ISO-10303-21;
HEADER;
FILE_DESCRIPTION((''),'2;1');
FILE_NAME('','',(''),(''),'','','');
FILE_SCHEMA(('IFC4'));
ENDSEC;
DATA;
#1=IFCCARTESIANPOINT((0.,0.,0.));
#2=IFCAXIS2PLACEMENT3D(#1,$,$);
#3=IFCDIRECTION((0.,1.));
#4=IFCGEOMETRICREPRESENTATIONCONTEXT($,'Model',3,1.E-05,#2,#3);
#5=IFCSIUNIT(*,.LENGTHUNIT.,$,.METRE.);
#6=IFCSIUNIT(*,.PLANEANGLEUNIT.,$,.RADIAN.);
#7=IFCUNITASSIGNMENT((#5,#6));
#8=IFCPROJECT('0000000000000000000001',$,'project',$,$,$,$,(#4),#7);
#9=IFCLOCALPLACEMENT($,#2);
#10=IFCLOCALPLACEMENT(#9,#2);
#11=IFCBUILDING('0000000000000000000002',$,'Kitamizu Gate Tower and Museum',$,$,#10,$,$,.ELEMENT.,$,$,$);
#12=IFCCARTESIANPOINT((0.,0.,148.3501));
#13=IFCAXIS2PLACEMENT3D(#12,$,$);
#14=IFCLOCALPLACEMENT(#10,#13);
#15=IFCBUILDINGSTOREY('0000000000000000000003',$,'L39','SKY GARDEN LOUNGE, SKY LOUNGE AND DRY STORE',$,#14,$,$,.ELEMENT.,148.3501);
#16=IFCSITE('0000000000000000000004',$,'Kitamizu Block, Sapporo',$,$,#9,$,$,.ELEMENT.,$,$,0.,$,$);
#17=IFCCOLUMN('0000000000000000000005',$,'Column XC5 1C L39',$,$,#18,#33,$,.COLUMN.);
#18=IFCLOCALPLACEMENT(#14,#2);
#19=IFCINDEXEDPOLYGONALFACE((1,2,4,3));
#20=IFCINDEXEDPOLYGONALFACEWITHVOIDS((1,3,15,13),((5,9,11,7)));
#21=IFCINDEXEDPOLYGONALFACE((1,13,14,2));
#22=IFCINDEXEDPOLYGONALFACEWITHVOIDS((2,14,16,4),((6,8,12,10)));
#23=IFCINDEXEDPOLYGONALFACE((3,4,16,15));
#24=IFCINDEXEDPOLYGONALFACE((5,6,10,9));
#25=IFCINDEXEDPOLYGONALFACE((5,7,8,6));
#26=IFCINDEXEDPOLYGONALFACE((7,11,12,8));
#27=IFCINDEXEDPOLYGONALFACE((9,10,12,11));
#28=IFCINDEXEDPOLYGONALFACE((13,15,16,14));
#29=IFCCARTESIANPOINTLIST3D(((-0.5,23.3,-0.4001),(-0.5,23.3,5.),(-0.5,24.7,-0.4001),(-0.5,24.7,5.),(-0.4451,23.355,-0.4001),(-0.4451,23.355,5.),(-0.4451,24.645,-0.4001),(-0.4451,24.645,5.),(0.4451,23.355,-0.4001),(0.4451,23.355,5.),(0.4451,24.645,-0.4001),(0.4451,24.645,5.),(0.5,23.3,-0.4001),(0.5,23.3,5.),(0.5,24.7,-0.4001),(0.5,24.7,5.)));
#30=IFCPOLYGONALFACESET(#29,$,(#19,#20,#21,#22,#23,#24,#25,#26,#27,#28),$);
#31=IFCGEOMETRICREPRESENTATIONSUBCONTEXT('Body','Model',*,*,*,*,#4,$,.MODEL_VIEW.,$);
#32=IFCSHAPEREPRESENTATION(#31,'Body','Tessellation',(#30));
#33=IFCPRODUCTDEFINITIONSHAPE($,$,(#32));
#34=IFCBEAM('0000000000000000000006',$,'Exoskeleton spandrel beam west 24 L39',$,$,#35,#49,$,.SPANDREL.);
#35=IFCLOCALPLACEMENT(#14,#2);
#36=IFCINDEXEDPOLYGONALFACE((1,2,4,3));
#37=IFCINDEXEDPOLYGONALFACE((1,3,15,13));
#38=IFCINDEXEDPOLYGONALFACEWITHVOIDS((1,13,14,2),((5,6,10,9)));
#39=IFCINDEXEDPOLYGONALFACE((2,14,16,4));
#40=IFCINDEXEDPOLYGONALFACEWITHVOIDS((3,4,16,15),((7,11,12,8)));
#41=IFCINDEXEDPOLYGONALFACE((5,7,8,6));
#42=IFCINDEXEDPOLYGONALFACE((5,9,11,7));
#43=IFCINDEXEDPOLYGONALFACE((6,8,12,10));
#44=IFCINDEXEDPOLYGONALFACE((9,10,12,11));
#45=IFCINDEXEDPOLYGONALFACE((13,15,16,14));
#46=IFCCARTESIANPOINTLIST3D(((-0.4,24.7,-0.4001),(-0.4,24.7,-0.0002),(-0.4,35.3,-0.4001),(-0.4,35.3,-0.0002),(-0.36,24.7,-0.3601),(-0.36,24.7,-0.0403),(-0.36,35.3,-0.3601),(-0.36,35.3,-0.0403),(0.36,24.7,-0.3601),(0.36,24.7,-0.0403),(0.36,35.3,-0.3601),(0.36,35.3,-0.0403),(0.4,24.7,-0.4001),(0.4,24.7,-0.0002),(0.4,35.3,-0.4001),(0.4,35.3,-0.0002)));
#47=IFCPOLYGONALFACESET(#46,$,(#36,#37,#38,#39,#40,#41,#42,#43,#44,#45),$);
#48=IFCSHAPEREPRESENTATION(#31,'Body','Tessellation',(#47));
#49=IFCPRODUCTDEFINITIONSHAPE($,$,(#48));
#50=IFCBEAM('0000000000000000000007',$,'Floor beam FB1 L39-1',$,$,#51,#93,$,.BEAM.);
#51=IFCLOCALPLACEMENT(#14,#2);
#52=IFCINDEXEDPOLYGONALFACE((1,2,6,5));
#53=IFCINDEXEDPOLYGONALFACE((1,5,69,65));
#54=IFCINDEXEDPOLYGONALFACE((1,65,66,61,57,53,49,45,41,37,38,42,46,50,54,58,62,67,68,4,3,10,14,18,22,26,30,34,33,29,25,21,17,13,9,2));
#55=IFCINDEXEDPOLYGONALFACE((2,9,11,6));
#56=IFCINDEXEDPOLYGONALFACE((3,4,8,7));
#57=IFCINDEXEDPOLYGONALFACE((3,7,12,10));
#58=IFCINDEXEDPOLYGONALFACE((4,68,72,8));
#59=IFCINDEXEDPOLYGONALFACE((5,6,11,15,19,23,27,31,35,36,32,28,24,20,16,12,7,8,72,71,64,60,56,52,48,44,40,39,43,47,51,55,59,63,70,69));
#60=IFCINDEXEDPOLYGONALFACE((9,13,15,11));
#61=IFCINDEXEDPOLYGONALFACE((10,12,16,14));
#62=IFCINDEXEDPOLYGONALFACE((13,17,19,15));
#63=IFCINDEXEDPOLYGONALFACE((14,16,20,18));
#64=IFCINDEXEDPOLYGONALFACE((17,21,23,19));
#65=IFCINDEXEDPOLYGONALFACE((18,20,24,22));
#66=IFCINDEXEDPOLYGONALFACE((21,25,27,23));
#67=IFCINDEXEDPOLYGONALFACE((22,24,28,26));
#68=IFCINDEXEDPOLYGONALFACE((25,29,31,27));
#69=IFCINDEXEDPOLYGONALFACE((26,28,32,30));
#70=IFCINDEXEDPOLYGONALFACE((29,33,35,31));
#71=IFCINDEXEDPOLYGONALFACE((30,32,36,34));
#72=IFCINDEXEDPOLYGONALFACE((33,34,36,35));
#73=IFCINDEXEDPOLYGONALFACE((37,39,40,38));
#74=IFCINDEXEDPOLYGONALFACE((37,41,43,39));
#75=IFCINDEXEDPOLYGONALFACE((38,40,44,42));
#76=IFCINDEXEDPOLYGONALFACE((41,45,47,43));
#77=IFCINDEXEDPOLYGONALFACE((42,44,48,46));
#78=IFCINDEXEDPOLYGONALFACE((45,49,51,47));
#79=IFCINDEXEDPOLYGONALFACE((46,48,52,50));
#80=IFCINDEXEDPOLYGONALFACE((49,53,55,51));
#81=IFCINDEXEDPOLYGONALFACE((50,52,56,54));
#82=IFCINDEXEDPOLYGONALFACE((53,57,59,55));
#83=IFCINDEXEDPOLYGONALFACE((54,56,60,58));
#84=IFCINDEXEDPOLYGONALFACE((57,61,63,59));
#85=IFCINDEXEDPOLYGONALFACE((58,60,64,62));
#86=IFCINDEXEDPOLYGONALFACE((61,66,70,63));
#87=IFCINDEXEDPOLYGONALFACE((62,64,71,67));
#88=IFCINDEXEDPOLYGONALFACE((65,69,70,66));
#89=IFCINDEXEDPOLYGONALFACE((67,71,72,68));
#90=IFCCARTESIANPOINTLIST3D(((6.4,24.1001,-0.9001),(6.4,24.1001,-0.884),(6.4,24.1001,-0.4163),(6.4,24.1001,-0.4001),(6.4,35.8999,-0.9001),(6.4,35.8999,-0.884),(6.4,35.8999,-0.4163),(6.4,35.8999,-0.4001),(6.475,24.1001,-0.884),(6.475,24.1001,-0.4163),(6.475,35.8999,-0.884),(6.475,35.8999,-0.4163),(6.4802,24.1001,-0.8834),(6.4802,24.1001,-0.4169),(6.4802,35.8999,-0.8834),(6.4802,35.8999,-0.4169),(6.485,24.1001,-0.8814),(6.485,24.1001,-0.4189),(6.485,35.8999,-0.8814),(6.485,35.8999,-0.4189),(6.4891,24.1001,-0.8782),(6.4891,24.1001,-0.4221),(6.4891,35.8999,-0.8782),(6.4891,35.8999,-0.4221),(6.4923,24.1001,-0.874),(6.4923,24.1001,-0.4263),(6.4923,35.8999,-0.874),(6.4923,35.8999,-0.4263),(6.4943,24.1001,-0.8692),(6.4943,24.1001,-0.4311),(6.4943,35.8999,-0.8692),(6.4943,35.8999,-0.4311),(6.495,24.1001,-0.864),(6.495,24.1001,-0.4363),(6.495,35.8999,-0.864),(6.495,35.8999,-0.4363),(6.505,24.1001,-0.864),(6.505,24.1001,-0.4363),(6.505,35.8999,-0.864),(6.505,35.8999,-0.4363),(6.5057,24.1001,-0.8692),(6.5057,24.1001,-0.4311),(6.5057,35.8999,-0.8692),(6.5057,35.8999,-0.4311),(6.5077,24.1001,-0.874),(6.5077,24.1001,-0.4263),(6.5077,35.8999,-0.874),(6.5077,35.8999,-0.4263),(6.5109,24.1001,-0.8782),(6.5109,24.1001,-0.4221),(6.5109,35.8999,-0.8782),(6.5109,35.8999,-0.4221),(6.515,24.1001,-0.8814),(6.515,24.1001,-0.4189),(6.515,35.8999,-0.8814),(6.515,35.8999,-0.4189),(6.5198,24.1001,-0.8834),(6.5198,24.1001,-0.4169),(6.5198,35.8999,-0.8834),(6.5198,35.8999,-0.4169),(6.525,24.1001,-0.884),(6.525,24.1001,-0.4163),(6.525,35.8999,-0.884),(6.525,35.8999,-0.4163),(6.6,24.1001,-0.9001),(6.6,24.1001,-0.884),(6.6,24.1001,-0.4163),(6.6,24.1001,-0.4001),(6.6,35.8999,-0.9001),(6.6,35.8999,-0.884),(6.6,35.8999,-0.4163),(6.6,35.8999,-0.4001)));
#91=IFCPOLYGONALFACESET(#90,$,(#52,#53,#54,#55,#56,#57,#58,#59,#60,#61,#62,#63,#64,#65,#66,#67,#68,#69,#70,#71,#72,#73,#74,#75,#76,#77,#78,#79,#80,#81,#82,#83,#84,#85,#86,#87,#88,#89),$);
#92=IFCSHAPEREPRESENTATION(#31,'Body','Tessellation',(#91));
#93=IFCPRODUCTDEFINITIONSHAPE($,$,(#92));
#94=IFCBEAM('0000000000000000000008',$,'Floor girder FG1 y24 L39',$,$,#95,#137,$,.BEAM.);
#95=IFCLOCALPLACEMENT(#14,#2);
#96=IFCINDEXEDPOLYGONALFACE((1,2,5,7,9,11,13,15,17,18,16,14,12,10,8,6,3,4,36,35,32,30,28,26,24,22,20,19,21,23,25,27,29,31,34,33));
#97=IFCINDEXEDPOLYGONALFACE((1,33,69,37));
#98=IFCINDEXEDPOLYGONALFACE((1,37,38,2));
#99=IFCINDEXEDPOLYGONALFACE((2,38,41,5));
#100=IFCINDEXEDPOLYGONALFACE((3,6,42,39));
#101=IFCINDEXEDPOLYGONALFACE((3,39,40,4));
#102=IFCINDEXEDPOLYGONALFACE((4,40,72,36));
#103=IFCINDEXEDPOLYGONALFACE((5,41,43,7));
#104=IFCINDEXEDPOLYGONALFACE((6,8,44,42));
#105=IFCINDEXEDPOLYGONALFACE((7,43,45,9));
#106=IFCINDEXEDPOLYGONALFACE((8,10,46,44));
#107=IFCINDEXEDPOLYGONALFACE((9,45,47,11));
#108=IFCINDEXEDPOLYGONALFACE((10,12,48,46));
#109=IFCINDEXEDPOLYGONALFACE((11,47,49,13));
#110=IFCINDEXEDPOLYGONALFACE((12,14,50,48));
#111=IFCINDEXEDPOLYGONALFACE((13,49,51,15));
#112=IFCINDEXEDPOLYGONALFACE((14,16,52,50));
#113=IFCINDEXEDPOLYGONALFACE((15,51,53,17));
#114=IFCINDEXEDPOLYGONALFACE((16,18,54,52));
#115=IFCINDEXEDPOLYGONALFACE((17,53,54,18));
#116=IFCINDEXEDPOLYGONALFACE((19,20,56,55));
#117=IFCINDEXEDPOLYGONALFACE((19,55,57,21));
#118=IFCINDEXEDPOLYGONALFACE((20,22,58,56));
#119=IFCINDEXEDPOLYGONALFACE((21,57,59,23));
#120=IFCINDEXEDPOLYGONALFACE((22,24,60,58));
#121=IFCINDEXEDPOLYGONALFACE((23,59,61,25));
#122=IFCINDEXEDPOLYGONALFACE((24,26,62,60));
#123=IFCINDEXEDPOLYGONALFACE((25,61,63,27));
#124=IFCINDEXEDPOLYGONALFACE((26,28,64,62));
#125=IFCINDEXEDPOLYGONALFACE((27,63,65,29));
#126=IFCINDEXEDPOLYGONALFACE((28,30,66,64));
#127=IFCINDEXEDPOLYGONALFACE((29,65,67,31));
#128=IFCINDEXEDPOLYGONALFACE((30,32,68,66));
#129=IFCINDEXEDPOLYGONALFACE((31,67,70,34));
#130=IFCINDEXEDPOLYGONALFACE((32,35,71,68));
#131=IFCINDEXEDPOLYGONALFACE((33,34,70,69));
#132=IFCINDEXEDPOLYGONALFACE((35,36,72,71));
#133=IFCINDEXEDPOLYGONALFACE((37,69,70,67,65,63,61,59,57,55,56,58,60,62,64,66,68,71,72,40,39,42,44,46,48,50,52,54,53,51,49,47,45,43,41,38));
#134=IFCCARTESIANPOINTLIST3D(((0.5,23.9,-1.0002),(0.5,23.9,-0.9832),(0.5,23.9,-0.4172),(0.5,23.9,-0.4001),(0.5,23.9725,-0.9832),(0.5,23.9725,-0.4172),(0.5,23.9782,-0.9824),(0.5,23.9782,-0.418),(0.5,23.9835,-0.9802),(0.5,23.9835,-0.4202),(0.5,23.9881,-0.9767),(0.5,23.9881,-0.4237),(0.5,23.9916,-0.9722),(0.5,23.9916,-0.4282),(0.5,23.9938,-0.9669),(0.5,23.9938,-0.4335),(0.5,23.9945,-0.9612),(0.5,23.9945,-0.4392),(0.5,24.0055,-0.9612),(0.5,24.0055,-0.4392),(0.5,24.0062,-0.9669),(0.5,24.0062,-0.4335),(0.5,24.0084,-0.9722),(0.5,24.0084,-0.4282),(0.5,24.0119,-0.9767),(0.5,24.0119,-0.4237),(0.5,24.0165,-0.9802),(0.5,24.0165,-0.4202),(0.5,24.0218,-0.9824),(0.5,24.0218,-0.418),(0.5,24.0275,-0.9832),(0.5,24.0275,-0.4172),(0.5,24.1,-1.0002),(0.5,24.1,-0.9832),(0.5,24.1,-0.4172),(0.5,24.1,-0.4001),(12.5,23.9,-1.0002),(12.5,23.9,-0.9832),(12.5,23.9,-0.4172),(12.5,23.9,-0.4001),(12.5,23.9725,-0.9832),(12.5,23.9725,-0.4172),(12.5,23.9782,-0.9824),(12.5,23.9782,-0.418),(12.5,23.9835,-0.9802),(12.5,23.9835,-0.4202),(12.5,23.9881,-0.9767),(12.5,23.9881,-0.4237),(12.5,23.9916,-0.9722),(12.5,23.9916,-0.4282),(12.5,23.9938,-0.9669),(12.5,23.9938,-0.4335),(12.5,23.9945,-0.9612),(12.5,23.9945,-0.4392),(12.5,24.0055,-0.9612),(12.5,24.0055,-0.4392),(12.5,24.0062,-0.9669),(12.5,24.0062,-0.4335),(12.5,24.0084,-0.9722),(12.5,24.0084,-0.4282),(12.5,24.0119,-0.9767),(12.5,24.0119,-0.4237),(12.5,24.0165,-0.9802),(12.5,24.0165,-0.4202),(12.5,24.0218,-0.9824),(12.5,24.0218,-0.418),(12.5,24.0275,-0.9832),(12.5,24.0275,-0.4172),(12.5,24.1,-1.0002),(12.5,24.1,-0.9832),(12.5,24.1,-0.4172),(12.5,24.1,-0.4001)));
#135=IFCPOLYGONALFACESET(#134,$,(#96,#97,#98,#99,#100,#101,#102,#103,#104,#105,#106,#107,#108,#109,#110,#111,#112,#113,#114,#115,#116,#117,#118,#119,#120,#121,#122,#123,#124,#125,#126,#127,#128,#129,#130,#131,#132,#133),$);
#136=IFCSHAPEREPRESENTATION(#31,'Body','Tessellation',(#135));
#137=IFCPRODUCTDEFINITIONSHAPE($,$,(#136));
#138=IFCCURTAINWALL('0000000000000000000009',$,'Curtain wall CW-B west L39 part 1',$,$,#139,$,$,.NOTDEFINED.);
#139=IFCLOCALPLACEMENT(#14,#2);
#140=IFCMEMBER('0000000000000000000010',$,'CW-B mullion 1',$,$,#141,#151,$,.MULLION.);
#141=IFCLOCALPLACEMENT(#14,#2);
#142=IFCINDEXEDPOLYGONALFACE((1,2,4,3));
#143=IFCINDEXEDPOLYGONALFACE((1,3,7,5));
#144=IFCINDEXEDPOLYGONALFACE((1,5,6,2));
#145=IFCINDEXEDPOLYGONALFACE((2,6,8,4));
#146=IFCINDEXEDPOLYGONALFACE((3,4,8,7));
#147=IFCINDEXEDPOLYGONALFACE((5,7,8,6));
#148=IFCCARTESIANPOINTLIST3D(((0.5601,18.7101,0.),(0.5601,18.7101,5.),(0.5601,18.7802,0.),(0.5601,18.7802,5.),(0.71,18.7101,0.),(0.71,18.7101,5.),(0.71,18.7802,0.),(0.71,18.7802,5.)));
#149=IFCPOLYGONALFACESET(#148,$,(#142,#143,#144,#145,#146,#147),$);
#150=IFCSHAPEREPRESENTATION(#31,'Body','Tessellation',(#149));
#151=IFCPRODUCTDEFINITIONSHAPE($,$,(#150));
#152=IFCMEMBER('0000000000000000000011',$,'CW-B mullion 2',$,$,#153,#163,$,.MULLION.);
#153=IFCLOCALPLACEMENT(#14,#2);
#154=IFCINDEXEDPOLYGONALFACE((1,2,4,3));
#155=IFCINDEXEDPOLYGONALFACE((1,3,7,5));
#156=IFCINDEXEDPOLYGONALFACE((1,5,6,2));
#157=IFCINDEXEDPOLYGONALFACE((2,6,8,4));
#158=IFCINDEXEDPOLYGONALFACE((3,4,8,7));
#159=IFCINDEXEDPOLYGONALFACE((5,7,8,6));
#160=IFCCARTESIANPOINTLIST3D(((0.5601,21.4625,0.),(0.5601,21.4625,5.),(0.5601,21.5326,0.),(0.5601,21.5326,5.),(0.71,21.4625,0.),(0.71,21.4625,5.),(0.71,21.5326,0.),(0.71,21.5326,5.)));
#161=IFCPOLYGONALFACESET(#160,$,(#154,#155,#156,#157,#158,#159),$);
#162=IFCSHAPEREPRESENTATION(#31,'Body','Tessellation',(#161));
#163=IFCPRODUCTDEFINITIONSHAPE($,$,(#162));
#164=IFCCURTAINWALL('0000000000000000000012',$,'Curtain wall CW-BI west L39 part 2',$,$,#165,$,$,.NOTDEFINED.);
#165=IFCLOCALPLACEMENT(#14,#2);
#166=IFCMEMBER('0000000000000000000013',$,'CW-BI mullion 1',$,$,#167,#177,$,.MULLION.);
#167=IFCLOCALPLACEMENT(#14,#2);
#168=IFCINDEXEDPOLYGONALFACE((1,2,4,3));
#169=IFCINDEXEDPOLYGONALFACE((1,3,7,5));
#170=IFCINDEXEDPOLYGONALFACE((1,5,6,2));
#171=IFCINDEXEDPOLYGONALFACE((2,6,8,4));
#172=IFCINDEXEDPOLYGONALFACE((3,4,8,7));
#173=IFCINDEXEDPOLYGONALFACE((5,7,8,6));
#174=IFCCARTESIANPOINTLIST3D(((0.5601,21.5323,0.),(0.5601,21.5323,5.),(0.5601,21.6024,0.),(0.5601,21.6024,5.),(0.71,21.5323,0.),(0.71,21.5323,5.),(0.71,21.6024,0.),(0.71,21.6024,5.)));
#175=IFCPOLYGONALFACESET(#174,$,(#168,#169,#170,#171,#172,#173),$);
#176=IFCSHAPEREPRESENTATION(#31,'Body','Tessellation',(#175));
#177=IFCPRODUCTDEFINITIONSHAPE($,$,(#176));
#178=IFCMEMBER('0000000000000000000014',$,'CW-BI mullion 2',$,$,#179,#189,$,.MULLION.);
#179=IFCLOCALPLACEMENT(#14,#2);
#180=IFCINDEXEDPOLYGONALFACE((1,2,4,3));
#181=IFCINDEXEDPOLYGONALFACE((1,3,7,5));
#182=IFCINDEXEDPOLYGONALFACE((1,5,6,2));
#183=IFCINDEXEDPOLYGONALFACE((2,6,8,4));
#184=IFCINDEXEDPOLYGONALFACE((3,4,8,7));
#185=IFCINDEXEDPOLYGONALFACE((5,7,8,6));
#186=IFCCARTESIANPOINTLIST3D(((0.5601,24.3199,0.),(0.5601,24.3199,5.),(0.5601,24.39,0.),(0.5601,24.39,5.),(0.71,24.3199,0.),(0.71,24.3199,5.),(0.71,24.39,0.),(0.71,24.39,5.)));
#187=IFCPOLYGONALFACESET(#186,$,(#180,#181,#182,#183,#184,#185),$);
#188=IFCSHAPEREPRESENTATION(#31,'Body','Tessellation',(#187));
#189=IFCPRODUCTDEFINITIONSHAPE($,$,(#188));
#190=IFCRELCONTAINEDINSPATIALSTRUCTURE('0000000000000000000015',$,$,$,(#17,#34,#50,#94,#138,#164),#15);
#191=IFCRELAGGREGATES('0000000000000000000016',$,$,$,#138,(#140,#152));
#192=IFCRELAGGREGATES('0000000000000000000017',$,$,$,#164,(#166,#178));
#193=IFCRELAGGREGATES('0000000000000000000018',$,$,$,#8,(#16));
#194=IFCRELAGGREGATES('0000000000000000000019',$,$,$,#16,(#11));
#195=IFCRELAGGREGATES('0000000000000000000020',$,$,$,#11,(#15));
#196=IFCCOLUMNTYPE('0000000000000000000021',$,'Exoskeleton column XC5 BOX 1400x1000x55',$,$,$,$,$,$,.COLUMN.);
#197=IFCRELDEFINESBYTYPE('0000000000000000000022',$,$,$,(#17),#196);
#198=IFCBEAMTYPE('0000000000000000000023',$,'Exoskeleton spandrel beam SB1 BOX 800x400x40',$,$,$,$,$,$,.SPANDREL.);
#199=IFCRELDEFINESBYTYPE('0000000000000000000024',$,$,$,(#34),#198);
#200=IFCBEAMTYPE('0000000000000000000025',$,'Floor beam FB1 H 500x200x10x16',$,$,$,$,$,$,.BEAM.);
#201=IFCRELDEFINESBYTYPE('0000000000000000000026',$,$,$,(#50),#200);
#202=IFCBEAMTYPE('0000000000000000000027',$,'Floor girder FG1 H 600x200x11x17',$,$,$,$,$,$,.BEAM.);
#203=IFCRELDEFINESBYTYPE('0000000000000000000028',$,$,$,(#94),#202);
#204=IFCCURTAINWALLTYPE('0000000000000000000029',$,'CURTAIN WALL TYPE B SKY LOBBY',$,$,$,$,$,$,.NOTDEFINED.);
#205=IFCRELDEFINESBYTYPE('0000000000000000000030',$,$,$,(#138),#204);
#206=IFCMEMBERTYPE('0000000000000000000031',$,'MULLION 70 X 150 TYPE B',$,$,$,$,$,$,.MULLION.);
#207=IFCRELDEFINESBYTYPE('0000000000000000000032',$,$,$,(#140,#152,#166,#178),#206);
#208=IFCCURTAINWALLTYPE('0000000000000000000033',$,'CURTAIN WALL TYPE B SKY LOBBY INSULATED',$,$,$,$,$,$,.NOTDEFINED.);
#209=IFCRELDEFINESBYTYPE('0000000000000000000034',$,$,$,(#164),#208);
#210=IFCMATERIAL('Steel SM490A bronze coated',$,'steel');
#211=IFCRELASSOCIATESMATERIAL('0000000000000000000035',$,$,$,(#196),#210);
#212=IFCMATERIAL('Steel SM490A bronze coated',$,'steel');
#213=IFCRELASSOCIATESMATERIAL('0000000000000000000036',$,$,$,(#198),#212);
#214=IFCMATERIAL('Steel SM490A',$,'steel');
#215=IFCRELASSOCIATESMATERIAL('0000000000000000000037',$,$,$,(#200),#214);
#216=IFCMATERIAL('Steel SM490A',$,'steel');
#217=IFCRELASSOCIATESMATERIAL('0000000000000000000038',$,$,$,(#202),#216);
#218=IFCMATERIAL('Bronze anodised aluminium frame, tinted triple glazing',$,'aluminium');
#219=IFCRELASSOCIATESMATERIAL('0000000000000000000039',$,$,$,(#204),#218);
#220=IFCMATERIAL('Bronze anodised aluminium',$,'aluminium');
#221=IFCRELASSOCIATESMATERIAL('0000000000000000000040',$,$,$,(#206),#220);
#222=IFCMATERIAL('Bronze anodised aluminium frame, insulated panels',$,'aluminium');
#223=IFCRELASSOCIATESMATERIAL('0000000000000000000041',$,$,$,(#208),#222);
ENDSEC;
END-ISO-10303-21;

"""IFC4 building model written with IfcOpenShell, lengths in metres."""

from ifc_helpers import new_model, si_unit, direction, frame, origin, origin_2d, place, context, subcontext, project, spatial, rectangle, hollow_rectangle, i_section, extrude, material, material_profile, profile_set, type_object, element, aggregate, save


model = new_model("IFC4")

# Units and contexts
model_context = context("Model", 3, precision=1e-05, world=origin(), true_north=direction((0.0, 1.0)))
body_context = subcontext(model_context, "Body", "Model", "MODEL_VIEW")
ifc_project = project(units=[si_unit("LENGTHUNIT", "METRE"), si_unit("PLANEANGLEUNIT", "RADIAN")], contexts=[model_context])

# Site, building, storey
site_placement = place(None, origin())
site = spatial("IfcSite", under=ifc_project, at=site_placement, Name="Kitamizu Block, Sapporo", CompositionType="ELEMENT", RefElevation=0.0)
building_placement = place(site_placement, origin())
building = spatial("IfcBuilding", under=site, at=building_placement, Name="Kitamizu Gate Tower and Museum", CompositionType="ELEMENT")
storey_placement = place(building_placement, frame((0.0, 0.0, 148.3501)))
storey = spatial("IfcBuildingStorey", under=building, at=storey_placement, Name="L39", Description="SKY GARDEN LOUNGE, SKY LOUNGE AND DRY STORE", CompositionType="ELEMENT", Elevation=148.3501)

# Column
ifc_material_1 = material(Name="Steel SM490A bronze coated", Category="steel")
ifc_material_profile_1 = material_profile(ifc_material_1, hollow_rectangle(XDim=1.3999, YDim=1.0, WallThickness=0.0549, at=origin_2d()), Name="BOX 1400x1000x55")
ifc_profile_set_1 = profile_set([ifc_material_profile_1], Name="Steel SM490A bronze coated")
column_type = type_object("IfcColumnType", Name="Exoskeleton column XC5 BOX 1400x1000x55", PredefinedType="COLUMN", material=ifc_profile_set_1)
column_placement = place(storey_placement, frame((0.0, 24.0, -0.4001), z_axis=(0.0, 0.0, 1.0), x_axis=(0.0, 1.0, 0.0)))
element("IfcColumn", 1, at=column_placement, inside=storey, type_object=column_type, Name="Column XC5 1C L39", PredefinedType="COLUMN", context=body_context, shape_type="SweptSolid", body=[
    extrude(hollow_rectangle(XDim=1.3999, YDim=1.0, WallThickness=0.0549, at=origin_2d()), origin(), (0.0, 0.0, 1.0), 5.4001),
])

# Beams
ifc_material_2 = material(Name="Steel SM490A bronze coated", Category="steel")
ifc_material_profile_2 = material_profile(ifc_material_2, hollow_rectangle(XDim=0.8, YDim=0.3999, WallThickness=0.04, at=origin_2d()), Name="BOX 800x400x40")
ifc_profile_set_2 = profile_set([ifc_material_profile_2], Name="Steel SM490A bronze coated")
beam_type_1 = type_object("IfcBeamType", Name="Exoskeleton spandrel beam SB1 BOX 800x400x40", PredefinedType="SPANDREL", material=ifc_profile_set_2)
beam_1_placement = place(storey_placement, frame((0.0, 24.7, -0.2002), z_axis=(0.0, 1.0, 0.0), x_axis=(-1.0, 0.0, 0.0)))
element("IfcBeam", 2, at=beam_1_placement, inside=storey, type_object=beam_type_1, Name="Exoskeleton spandrel beam west 24 L39", PredefinedType="SPANDREL", context=body_context, shape_type="SweptSolid", body=[
    extrude(hollow_rectangle(XDim=0.8, YDim=0.3999, WallThickness=0.04, at=origin_2d()), origin(), (0.0, 0.0, 1.0), 10.6001),
])
ifc_material_3 = material(Name="Steel SM490A", Category="steel")
ifc_material_profile_3 = material_profile(ifc_material_3, i_section(OverallWidth=0.2, OverallDepth=0.5, WebThickness=0.01, FlangeThickness=0.0161, FilletRadius=0.02, at=origin_2d()), Name="H-500x200x10x16")
ifc_profile_set_3 = profile_set([ifc_material_profile_3], Name="Steel SM490A")
beam_type_2 = type_object("IfcBeamType", Name="Floor beam FB1 H 500x200x10x16", PredefinedType="BEAM", material=ifc_profile_set_3)
beam_2_placement = place(storey_placement, frame((6.5, 24.1001, -0.6501), z_axis=(0.0, 1.0, 0.0), x_axis=(-1.0, 0.0, 0.0)))
element("IfcBeam", 3, at=beam_2_placement, inside=storey, type_object=beam_type_2, Name="Floor beam FB1 L39-1", PredefinedType="BEAM", context=body_context, shape_type="SweptSolid", body=[
    extrude(i_section(OverallWidth=0.2, OverallDepth=0.5, WebThickness=0.01, FlangeThickness=0.0161, FilletRadius=0.02, at=origin_2d()), origin(), (0.0, 0.0, 1.0), 11.7998),
])
ifc_material_4 = material(Name="Steel SM490A", Category="steel")
ifc_material_profile_4 = material_profile(ifc_material_4, i_section(OverallWidth=0.2, OverallDepth=0.6001, WebThickness=0.011, FlangeThickness=0.0171, FilletRadius=0.022, at=origin_2d()), Name="H-600x200x11x17")
ifc_profile_set_4 = profile_set([ifc_material_profile_4], Name="Steel SM490A")
beam_type_3 = type_object("IfcBeamType", Name="Floor girder FG1 H 600x200x11x17", PredefinedType="BEAM", material=ifc_profile_set_4)
beam_3_placement = place(storey_placement, frame((0.5, 24.0, -0.7002), z_axis=(1.0, 0.0, 0.0), x_axis=(0.0, 1.0, 0.0)))
element("IfcBeam", 4, at=beam_3_placement, inside=storey, type_object=beam_type_3, Name="Floor girder FG1 y24 L39", PredefinedType="BEAM", context=body_context, shape_type="SweptSolid", body=[
    extrude(i_section(OverallWidth=0.2, OverallDepth=0.6001, WebThickness=0.011, FlangeThickness=0.0171, FilletRadius=0.022, at=origin_2d()), origin(), (0.0, 0.0, 1.0), 12.0),
])

# Curtain walls, members
ifc_material_5 = material(Name="Bronze anodised aluminium frame, tinted triple glazing", Category="aluminium")
curtain_wall_type_1 = type_object("IfcCurtainWallType", Name="CURTAIN WALL TYPE B SKY LOBBY", PredefinedType="NOTDEFINED", material=ifc_material_5)
curtain_wall_1_placement = place(storey_placement, origin())
curtain_wall_1 = element("IfcCurtainWall", 5, at=curtain_wall_1_placement, inside=storey, type_object=curtain_wall_type_1, Name="Curtain wall CW-B west L39 part 1", PredefinedType="NOTDEFINED")
ifc_material_6 = material(Name="Bronze anodised aluminium", Category="aluminium")
ifc_material_profile_5 = material_profile(ifc_material_6, rectangle(XDim=0.0701, YDim=0.1499, at=origin_2d()), Name="AL 70X150")
ifc_profile_set_5 = profile_set([ifc_material_profile_5], Name="Bronze anodised aluminium")
member_type_1 = type_object("IfcMemberType", Name="MULLION 70 X 150 TYPE B", PredefinedType="MULLION", material=ifc_profile_set_5)
member_1_placement = place(storey_placement, frame((0.635, 18.7451, 0.0), z_axis=(0.0, 0.0, 1.0), x_axis=(0.0, 1.0, 0.0)))
member_1 = element("IfcMember", 6, at=member_1_placement, type_object=member_type_1, Name="CW-B mullion 1", PredefinedType="MULLION", context=body_context, shape_type="SweptSolid", body=[
    extrude(rectangle(XDim=0.0701, YDim=0.1499, at=origin_2d()), origin(), (0.0, 0.0, 1.0), 5.0),
])
member_2_placement = place(storey_placement, frame((0.635, 21.4976, 0.0), z_axis=(0.0, 0.0, 1.0), x_axis=(0.0, 1.0, 0.0)))
member_2 = element("IfcMember", 7, at=member_2_placement, type_object=member_type_1, Name="CW-B mullion 2", PredefinedType="MULLION", context=body_context, shape_type="SweptSolid", body=[
    extrude(rectangle(XDim=0.0701, YDim=0.1499, at=origin_2d()), origin(), (0.0, 0.0, 1.0), 5.0),
])
ifc_material_7 = material(Name="Bronze anodised aluminium frame, insulated panels", Category="aluminium")
curtain_wall_type_2 = type_object("IfcCurtainWallType", Name="CURTAIN WALL TYPE B SKY LOBBY INSULATED", PredefinedType="NOTDEFINED", material=ifc_material_7)
curtain_wall_2_placement = place(storey_placement, origin())
curtain_wall_2 = element("IfcCurtainWall", 8, at=curtain_wall_2_placement, inside=storey, type_object=curtain_wall_type_2, Name="Curtain wall CW-BI west L39 part 2", PredefinedType="NOTDEFINED")
member_3_placement = place(storey_placement, frame((0.635, 21.5674, 0.0), z_axis=(0.0, 0.0, 1.0), x_axis=(0.0, 1.0, 0.0)))
member_3 = element("IfcMember", 9, at=member_3_placement, type_object=member_type_1, Name="CW-BI mullion 1", PredefinedType="MULLION", context=body_context, shape_type="SweptSolid", body=[
    extrude(rectangle(XDim=0.0701, YDim=0.1499, at=origin_2d()), origin(), (0.0, 0.0, 1.0), 5.0),
])
member_4_placement = place(storey_placement, frame((0.635, 24.355, 0.0), z_axis=(0.0, 0.0, 1.0), x_axis=(0.0, 1.0, 0.0)))
member_4 = element("IfcMember", 10, at=member_4_placement, type_object=member_type_1, Name="CW-BI mullion 2", PredefinedType="MULLION", context=body_context, shape_type="SweptSolid", body=[
    extrude(rectangle(XDim=0.0701, YDim=0.1499, at=origin_2d()), origin(), (0.0, 0.0, 1.0), 5.0),
])

aggregate(curtain_wall_1, [member_1, member_2])
aggregate(curtain_wall_2, [member_3, member_4])

save(model, "model.ifc")
